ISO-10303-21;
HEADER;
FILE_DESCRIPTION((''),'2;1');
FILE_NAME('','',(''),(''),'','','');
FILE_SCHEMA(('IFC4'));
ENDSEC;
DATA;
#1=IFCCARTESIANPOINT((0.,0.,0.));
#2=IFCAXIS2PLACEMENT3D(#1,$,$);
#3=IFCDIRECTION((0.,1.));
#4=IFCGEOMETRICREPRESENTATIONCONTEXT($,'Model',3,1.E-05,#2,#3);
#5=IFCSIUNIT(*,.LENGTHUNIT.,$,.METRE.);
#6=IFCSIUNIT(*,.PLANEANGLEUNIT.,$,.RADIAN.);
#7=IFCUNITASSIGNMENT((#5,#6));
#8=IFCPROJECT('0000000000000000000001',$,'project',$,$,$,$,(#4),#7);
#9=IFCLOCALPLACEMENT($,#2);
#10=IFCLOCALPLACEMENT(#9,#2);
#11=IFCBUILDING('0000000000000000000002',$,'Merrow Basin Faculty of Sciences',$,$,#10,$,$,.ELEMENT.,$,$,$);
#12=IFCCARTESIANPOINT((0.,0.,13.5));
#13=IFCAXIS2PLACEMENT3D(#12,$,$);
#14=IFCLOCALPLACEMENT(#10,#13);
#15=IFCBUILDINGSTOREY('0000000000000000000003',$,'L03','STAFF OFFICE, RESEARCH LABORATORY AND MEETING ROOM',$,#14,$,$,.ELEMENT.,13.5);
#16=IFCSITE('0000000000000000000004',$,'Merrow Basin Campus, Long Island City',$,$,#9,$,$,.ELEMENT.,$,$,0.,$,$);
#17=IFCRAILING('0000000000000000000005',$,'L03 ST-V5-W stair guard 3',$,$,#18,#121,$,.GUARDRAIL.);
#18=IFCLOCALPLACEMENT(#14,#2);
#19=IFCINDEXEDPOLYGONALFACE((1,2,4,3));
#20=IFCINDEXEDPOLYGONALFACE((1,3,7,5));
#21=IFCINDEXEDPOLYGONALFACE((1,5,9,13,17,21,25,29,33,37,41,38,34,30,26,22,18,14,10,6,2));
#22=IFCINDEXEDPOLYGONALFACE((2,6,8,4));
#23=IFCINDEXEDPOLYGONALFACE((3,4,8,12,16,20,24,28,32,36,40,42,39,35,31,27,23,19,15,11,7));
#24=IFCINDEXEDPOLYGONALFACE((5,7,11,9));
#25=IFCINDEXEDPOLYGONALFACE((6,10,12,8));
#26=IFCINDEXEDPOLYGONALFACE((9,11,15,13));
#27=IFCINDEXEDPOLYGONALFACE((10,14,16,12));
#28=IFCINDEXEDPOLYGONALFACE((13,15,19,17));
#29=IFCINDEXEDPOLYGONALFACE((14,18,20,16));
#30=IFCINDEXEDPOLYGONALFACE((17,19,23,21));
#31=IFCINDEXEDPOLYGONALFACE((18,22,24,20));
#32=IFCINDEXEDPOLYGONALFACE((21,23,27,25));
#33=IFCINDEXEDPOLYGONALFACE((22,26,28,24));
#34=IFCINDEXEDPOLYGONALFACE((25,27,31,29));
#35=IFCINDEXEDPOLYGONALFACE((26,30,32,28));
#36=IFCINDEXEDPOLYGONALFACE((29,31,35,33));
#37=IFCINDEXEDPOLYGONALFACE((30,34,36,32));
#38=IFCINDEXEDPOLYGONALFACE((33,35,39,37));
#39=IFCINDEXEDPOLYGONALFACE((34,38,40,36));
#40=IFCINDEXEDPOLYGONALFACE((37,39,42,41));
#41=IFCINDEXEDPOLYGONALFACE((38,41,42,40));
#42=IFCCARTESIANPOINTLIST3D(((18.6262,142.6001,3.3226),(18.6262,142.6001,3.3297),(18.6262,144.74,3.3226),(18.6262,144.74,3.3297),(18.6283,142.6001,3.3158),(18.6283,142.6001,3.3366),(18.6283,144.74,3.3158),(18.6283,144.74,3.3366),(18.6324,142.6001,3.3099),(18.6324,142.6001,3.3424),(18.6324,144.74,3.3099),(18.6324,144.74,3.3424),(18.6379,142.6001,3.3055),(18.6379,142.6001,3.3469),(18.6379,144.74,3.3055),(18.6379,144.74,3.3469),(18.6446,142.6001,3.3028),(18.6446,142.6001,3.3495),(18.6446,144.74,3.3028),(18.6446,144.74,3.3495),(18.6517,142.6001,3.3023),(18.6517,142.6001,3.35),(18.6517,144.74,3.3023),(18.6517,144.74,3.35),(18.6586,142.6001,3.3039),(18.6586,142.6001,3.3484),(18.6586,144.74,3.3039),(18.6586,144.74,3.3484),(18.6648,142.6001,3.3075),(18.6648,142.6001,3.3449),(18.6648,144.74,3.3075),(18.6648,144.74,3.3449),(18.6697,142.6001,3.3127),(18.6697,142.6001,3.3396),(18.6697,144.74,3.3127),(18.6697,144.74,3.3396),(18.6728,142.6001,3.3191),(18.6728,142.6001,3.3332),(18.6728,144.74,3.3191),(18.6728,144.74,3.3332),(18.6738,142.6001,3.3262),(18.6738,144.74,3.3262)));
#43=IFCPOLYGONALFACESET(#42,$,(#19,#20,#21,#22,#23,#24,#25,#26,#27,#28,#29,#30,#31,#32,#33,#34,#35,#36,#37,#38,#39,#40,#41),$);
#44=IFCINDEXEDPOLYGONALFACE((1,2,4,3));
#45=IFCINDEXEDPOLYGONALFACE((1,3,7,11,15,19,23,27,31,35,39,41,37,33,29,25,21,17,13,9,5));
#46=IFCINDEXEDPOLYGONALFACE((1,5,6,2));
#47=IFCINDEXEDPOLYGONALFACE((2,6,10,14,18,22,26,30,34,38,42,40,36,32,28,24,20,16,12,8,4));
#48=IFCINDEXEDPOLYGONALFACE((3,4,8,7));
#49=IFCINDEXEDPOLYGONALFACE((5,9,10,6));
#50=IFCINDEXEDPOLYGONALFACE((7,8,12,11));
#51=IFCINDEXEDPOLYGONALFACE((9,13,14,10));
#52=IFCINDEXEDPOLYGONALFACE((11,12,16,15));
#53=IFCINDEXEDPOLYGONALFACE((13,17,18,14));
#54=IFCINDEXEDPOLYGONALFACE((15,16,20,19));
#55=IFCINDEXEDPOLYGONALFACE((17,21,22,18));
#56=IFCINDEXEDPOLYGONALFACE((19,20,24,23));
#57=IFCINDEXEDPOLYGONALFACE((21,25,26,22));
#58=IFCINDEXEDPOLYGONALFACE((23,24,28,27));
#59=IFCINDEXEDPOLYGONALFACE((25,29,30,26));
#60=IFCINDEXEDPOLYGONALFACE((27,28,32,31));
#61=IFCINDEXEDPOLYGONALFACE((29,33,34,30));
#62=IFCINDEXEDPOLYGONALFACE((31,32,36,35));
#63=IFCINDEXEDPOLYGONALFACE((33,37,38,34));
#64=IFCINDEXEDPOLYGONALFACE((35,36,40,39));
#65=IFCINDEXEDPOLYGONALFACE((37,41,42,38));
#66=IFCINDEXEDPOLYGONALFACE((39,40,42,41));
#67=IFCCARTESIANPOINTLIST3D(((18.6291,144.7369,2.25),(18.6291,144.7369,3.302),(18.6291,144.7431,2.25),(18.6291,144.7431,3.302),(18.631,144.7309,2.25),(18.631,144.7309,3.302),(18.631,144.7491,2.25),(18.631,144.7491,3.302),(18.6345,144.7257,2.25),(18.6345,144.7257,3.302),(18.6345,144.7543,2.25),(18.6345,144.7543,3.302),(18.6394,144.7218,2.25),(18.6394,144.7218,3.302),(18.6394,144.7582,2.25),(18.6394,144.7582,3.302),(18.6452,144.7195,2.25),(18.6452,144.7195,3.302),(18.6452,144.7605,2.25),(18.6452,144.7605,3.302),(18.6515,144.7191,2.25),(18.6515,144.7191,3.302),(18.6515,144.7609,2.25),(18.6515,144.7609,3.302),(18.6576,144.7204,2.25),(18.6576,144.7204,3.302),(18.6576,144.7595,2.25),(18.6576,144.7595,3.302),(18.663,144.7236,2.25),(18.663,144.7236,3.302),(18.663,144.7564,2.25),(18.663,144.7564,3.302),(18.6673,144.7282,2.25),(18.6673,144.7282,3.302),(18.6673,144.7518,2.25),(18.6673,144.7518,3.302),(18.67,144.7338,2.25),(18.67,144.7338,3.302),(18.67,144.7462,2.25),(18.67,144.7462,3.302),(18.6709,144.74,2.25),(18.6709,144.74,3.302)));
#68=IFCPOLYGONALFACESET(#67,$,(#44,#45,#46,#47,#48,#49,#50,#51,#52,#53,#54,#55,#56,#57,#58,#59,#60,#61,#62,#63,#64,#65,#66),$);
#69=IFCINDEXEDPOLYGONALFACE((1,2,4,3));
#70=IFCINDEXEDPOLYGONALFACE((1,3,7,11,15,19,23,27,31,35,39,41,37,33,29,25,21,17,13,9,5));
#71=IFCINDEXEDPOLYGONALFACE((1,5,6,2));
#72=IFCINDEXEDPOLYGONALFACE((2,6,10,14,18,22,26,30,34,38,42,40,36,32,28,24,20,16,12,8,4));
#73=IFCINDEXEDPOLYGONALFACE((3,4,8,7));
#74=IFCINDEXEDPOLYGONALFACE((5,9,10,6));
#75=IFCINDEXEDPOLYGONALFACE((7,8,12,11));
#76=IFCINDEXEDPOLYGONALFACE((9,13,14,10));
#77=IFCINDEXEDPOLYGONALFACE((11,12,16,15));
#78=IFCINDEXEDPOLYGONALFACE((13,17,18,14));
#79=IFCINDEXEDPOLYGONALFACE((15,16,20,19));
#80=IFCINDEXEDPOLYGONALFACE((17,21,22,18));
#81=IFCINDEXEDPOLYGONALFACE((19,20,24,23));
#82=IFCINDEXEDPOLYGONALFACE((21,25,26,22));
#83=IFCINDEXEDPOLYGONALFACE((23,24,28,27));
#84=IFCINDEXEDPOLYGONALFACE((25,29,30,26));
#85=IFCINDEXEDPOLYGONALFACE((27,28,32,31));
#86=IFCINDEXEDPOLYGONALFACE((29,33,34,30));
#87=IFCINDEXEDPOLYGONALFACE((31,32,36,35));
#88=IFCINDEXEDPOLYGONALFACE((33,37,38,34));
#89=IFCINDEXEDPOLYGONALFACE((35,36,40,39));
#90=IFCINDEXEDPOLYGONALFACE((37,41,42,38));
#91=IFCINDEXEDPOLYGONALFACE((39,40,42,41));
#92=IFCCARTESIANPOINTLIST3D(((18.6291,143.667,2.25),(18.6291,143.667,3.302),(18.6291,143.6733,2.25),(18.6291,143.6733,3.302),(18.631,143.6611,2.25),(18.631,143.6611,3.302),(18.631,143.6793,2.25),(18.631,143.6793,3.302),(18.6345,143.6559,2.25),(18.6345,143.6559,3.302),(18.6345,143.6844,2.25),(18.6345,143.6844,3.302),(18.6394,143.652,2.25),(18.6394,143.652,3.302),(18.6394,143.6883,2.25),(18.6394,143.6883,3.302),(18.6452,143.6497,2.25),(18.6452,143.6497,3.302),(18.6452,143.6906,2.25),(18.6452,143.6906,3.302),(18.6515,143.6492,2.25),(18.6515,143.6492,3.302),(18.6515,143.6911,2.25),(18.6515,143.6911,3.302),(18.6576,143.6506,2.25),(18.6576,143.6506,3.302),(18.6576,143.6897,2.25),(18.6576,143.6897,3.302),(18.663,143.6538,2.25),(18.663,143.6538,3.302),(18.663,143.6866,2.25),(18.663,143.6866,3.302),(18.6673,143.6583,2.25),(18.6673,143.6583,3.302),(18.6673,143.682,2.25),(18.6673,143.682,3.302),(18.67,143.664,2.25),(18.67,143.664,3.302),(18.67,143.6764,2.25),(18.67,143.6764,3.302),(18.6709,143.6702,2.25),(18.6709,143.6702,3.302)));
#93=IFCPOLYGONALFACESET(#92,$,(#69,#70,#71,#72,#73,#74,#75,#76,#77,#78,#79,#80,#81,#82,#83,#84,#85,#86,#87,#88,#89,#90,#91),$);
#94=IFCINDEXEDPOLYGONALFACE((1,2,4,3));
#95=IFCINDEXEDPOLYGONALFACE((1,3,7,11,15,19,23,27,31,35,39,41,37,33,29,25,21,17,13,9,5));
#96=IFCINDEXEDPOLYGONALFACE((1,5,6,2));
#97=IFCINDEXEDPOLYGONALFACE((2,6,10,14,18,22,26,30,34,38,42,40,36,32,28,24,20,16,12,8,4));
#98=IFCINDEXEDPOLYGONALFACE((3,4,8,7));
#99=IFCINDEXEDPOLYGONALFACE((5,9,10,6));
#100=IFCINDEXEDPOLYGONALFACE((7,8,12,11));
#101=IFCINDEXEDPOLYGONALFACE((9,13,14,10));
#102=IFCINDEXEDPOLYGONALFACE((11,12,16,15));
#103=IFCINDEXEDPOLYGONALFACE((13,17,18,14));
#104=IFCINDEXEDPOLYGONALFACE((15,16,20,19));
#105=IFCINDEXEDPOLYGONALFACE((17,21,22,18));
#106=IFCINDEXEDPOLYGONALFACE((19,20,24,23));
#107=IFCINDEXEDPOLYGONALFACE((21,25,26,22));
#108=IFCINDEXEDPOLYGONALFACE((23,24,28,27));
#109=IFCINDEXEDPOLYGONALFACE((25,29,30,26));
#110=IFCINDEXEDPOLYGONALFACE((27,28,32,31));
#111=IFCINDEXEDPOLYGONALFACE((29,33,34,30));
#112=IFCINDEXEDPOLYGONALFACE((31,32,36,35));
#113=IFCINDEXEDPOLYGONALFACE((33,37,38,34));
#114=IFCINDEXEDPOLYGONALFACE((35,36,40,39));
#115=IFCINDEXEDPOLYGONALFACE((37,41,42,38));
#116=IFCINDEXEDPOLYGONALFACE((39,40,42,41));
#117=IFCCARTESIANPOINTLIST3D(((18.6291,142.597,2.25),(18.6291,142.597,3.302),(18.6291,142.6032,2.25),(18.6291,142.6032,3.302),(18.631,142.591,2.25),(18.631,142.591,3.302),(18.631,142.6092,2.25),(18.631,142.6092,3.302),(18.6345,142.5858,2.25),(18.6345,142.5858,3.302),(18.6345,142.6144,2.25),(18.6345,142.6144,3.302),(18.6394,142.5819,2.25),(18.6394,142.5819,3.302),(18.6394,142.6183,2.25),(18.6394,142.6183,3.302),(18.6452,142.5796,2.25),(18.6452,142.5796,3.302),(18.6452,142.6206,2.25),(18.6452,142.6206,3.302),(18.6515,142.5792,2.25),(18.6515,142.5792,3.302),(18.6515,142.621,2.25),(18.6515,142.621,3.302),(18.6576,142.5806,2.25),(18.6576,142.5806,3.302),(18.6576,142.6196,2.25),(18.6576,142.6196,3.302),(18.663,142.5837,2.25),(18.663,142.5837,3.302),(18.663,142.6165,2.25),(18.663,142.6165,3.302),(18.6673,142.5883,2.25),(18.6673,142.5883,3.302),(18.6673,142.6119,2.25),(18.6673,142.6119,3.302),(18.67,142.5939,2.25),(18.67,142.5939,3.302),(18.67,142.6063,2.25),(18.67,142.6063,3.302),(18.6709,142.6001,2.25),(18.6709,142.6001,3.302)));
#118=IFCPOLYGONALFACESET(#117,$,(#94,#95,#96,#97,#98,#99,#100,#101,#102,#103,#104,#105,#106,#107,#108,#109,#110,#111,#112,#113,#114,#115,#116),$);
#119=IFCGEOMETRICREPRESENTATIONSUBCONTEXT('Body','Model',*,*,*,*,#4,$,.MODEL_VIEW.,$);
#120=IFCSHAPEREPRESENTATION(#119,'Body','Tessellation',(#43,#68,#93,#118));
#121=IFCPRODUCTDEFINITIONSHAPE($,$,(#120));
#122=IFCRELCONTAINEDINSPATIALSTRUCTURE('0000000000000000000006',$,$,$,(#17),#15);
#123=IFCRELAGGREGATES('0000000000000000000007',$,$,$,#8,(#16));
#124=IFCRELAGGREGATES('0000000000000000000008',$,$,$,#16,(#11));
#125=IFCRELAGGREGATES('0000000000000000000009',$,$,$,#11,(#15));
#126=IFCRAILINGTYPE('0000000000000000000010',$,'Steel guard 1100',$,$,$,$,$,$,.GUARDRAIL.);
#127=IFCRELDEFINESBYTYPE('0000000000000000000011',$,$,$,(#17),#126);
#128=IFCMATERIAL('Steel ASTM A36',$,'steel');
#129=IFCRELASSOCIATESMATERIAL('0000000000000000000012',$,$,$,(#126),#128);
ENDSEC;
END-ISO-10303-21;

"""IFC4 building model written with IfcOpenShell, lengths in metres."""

from ifc_helpers import new_model, si_unit, direction, frame, origin, origin_2d, place, context, subcontext, project, spatial, circle, extrude, material, type_object, element, save


model = new_model("IFC4")

# Units and contexts
model_context = context("Model", 3, precision=1e-05, world=origin(), true_north=direction((0.0, 1.0)))
body_context = subcontext(model_context, "Body", "Model", "MODEL_VIEW")
ifc_project = project(units=[si_unit("LENGTHUNIT", "METRE"), si_unit("PLANEANGLEUNIT", "RADIAN")], contexts=[model_context])

# Site, building, storey
site_placement = place(None, origin())
site = spatial("IfcSite", under=ifc_project, at=site_placement, Name="Merrow Basin Campus, Long Island City", CompositionType="ELEMENT", RefElevation=0.0)
building_placement = place(site_placement, origin())
building = spatial("IfcBuilding", under=site, at=building_placement, Name="Merrow Basin Faculty of Sciences", CompositionType="ELEMENT")
storey_placement = place(building_placement, frame((0.0, 0.0, 13.5)))
storey = spatial("IfcBuildingStorey", under=building, at=storey_placement, Name="L03", Description="STAFF OFFICE, RESEARCH LABORATORY AND MEETING ROOM", CompositionType="ELEMENT", Elevation=13.5)

# Railing
ifc_material_1 = material(Name="Steel ASTM A36", Category="steel")
railing_type = type_object("IfcRailingType", Name="Steel guard 1100", PredefinedType="GUARDRAIL", material=ifc_material_1)
railing_1_placement = place(storey_placement, frame((18.6499, 144.74, 2.25)))
element("IfcRailing", 1, at=railing_1_placement, inside=storey, type_object=railing_type, Name="L03 ST-V5-W stair guard 3", PredefinedType="GUARDRAIL", context=body_context, shape_type="SweptSolid", body=[
    extrude(circle(Radius=0.0239, at=origin_2d()), frame((0.0, 0.0, 1.0762), z_axis=(0.0, -1.0, 0.0), x_axis=(1.0, 0.0, 0.0)), (0.0, 0.0, 1.0), 2.1399),
    extrude(circle(Radius=0.021, at=origin_2d()), origin(), (0.0, 0.0, 1.0), 1.052),
    extrude(circle(Radius=0.021, at=origin_2d()), frame((0.0, -1.0698, 0.0)), (0.0, 0.0, 1.0), 1.052),
    extrude(circle(Radius=0.021, at=origin_2d()), frame((0.0, -2.1399, 0.0)), (0.0, 0.0, 1.0), 1.052),
])

save(model, "model.ifc")
